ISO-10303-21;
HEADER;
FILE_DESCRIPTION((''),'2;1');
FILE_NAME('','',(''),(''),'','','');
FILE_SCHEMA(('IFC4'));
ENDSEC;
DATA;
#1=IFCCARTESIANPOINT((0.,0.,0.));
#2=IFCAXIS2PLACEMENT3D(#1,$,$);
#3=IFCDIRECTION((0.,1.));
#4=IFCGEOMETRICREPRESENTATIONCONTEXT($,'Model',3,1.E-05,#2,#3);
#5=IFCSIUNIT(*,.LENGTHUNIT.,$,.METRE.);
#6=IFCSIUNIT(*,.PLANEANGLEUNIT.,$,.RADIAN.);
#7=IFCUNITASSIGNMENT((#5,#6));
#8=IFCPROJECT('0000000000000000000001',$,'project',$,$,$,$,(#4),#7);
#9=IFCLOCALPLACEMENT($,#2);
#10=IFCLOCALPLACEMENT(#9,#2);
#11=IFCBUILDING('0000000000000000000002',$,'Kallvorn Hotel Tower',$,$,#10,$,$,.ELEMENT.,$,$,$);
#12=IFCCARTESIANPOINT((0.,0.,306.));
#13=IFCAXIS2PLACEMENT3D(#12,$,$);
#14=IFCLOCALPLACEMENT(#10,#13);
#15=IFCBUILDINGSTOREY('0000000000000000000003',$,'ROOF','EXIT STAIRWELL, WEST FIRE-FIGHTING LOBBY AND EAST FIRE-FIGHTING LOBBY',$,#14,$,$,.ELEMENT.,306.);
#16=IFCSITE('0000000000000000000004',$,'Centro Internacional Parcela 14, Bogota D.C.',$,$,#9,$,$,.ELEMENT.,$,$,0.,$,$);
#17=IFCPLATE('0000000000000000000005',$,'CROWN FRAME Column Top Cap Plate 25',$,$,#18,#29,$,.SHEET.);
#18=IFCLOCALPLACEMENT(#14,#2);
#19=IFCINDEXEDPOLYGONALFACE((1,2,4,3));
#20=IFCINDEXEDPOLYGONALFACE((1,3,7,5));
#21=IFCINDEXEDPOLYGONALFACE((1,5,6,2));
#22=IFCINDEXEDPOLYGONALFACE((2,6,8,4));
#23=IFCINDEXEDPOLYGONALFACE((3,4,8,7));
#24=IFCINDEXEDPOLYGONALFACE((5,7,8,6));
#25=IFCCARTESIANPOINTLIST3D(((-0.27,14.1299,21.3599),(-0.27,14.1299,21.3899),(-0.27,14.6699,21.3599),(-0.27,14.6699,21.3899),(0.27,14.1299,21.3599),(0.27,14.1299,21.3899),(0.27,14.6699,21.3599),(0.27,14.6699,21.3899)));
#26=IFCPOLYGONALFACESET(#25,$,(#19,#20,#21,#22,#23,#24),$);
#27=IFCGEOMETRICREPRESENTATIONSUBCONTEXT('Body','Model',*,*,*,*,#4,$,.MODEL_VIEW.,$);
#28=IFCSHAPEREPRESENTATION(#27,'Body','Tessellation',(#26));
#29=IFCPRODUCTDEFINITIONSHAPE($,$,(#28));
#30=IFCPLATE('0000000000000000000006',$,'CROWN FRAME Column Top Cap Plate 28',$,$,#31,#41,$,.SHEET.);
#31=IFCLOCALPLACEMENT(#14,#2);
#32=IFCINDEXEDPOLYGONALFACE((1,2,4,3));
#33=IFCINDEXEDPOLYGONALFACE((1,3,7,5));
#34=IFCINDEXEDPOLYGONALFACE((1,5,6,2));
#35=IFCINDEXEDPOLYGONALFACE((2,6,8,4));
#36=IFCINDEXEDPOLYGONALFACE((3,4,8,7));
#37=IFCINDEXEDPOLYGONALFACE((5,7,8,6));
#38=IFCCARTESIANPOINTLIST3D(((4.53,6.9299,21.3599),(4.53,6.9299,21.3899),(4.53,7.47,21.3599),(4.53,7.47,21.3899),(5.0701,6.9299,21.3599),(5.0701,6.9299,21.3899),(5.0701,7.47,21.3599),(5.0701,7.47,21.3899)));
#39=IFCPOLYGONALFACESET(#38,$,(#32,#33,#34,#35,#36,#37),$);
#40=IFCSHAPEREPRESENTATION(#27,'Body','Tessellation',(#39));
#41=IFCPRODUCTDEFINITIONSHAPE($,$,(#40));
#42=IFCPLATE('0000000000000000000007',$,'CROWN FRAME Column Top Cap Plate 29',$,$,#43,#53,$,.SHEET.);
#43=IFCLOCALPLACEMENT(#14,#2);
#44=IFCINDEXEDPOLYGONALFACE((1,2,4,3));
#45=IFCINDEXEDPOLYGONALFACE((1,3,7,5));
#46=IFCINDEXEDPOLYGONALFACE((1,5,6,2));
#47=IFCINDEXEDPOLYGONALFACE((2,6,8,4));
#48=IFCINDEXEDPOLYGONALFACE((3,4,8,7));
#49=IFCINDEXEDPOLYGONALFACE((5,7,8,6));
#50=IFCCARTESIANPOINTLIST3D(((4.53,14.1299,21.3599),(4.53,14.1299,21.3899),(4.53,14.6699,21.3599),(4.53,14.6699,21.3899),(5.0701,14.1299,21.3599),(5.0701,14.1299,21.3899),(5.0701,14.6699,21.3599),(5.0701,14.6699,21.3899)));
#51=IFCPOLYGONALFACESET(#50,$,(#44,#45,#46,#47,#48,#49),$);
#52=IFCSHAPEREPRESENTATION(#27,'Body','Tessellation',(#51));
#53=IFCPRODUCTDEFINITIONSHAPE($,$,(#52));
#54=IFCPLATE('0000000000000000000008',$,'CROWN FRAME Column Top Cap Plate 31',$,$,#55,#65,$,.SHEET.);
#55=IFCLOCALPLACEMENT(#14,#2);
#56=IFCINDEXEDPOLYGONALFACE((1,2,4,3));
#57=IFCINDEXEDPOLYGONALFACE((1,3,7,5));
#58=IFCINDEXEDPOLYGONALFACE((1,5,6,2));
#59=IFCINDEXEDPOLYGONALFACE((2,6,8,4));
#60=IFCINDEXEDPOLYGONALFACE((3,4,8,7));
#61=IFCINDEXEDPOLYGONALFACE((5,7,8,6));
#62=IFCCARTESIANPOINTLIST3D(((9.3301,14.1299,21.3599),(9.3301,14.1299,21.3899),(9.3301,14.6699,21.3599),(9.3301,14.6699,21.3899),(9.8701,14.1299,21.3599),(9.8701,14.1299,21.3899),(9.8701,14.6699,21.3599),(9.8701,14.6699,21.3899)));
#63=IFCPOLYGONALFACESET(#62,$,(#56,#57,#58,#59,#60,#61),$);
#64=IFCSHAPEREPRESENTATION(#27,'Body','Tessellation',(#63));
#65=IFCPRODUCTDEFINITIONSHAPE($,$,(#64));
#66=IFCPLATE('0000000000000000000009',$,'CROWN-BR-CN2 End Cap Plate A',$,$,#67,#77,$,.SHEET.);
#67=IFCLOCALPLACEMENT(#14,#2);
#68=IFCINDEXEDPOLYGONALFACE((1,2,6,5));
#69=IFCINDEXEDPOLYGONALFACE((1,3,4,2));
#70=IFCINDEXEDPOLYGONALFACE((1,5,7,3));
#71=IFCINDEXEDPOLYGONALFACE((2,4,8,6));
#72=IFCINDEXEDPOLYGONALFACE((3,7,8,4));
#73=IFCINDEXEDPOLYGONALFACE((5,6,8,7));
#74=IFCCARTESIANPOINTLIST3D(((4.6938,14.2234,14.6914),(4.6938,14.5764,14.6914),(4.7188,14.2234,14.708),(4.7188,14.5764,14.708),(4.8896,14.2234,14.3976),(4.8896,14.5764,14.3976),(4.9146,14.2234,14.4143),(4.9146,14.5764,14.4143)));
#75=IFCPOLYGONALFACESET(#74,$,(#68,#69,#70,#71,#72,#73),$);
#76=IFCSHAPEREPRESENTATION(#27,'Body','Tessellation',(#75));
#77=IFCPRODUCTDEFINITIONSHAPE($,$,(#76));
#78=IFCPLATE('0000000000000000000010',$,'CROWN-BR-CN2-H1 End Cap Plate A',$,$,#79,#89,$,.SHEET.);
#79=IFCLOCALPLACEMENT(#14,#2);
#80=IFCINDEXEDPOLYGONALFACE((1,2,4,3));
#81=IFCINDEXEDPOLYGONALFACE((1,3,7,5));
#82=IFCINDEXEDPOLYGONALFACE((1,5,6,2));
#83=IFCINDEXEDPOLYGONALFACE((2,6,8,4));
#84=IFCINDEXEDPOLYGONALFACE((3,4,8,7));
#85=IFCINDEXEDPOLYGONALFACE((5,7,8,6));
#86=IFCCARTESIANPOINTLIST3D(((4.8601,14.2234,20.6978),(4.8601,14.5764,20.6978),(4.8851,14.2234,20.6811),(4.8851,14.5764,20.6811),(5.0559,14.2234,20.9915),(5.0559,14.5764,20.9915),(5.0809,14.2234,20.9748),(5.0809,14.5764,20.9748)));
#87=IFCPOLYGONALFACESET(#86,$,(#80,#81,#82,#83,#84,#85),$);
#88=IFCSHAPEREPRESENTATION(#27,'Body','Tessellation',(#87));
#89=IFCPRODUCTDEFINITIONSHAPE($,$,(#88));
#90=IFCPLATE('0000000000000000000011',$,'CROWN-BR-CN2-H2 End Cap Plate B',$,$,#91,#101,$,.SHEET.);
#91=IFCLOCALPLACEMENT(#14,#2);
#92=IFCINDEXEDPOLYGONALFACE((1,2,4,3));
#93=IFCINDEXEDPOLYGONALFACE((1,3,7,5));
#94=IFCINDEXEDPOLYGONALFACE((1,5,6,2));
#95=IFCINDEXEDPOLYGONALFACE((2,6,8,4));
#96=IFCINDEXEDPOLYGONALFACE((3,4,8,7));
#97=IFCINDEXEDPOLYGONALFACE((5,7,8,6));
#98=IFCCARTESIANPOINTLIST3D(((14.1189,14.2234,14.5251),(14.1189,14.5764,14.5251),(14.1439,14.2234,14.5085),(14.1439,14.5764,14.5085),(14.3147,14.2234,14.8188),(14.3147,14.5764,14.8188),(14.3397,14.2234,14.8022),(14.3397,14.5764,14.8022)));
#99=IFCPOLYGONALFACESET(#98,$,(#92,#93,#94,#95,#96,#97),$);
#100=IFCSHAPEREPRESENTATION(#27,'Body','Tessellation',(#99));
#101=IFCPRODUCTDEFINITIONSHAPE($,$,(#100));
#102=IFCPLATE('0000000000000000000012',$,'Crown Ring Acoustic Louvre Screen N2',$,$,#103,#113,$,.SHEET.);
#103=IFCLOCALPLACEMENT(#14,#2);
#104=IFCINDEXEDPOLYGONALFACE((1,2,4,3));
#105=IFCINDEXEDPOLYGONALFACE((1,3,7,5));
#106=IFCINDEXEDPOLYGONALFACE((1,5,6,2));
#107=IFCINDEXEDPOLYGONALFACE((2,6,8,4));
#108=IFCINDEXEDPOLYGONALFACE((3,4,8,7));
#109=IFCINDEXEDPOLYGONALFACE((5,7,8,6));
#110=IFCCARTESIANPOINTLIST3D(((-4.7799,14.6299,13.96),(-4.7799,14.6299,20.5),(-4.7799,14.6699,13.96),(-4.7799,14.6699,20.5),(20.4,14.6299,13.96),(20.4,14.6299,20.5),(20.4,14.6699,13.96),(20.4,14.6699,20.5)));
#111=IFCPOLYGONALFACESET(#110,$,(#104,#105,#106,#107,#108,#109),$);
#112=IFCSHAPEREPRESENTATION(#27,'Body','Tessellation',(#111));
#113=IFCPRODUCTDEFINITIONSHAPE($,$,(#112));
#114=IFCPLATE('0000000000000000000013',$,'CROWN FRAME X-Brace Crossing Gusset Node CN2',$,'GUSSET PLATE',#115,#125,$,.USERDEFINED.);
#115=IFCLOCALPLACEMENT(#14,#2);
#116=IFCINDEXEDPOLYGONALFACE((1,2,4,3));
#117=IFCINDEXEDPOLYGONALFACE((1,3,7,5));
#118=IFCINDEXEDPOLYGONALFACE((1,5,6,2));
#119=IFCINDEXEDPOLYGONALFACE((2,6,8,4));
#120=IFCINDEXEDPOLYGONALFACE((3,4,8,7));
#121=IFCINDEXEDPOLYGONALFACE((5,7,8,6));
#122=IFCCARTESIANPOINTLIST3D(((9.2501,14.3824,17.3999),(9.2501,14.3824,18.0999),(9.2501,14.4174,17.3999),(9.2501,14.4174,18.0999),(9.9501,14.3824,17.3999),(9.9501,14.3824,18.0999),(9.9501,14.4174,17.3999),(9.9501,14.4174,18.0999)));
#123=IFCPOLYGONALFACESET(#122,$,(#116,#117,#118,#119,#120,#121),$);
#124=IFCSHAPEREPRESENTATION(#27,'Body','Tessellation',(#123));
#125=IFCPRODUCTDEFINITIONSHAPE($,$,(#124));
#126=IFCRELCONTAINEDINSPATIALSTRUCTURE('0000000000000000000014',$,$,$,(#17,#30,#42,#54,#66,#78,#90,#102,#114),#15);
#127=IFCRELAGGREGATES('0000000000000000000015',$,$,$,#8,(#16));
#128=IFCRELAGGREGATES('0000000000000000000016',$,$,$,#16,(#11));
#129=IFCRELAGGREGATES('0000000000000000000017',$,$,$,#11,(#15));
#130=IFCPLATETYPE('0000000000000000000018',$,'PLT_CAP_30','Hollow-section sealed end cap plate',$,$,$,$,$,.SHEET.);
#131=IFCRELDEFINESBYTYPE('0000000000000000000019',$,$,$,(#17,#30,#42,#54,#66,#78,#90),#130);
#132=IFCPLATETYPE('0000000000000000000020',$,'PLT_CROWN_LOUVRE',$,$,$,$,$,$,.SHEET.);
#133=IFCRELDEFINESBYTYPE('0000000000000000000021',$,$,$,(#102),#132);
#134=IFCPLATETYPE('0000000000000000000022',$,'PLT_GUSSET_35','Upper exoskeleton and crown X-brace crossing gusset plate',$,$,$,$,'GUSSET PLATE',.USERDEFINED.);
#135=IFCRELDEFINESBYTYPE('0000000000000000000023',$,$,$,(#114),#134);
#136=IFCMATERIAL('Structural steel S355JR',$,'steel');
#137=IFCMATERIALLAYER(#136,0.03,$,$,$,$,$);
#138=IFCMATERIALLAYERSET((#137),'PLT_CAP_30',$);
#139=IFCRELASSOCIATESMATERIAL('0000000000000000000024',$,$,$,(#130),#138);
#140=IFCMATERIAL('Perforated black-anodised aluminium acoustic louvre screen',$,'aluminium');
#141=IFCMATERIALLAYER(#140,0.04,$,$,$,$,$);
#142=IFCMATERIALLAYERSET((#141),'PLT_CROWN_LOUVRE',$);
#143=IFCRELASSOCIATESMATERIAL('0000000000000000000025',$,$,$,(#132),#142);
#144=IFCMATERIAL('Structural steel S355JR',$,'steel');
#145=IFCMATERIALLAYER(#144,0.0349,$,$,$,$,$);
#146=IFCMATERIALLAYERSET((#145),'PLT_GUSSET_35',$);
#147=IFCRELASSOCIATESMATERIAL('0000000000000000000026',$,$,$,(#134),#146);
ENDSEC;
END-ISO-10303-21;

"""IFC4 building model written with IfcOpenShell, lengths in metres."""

from ifc_helpers import new_model, si_unit, direction, frame, origin, origin_2d, place, context, subcontext, project, spatial, polyline, rectangle, outline, extrude, material, layer, layer_set, type_object, element, save


model = new_model("IFC4")

# Units and contexts
model_context = context("Model", 3, precision=1e-05, world=origin(), true_north=direction((0.0, 1.0)))
body_context = subcontext(model_context, "Body", "Model", "MODEL_VIEW")
ifc_project = project(units=[si_unit("LENGTHUNIT", "METRE"), si_unit("PLANEANGLEUNIT", "RADIAN")], contexts=[model_context])

# Site, building, storey
site_placement = place(None, origin())
site = spatial("IfcSite", under=ifc_project, at=site_placement, Name="Centro Internacional Parcela 14, Bogota D.C.", CompositionType="ELEMENT", RefElevation=0.0)
building_placement = place(site_placement, origin())
building = spatial("IfcBuilding", under=site, at=building_placement, Name="Kallvorn Hotel Tower", CompositionType="ELEMENT")
storey_placement = place(building_placement, frame((0.0, 0.0, 306.0)))
storey = spatial("IfcBuildingStorey", under=building, at=storey_placement, Name="ROOF", Description="EXIT STAIRWELL, WEST FIRE-FIGHTING LOBBY AND EAST FIRE-FIGHTING LOBBY", CompositionType="ELEMENT", Elevation=306.0)

# Plates
ifc_material_1 = material(Name="Structural steel S355JR", Category="steel")
ifc_layer_1 = layer(ifc_material_1, 0.03)
ifc_layer_set_1 = layer_set([ifc_layer_1], Name="PLT_CAP_30")
plate_type_1 = type_object("IfcPlateType", Name="PLT_CAP_30", Description="Hollow-section sealed end cap plate", PredefinedType="SHEET", material=ifc_layer_set_1)
for number, where, z_axis, x_axis, name in (
    (1, (0.0, 14.3999, 21.3599), (0.0, 0.0, 1.0), (1.0, 0.0, 0.0), "CROWN FRAME Column Top Cap Plate 25"),
    (2, (4.8, 7.2, 21.3599), (0.0, 0.0, 1.0), (1.0, 0.0, 0.0), "CROWN FRAME Column Top Cap Plate 28"),
    (3, (4.8, 14.3999, 21.3599), (0.0, 0.0, 1.0), (1.0, 0.0, 0.0), "CROWN FRAME Column Top Cap Plate 29"),
    (4, (9.6001, 14.3999, 21.3599), (0.0, 0.0, 1.0), (1.0, 0.0, 0.0), "CROWN FRAME Column Top Cap Plate 31"),
):
    element("IfcPlate", number, at=place(storey_placement, frame(where, z_axis=z_axis, x_axis=x_axis)), inside=storey, type_object=plate_type_1, Name=name, PredefinedType="SHEET", context=body_context, shape_type="SweptSolid", body=[
        extrude(rectangle(XDim=0.54, YDim=0.54, at=origin_2d()), origin(), (0.0, 0.0, 1.0), 0.03),
    ])
for number, where, z_axis, x_axis, name in (
    (5, (4.9146, 14.2234, 14.4143), (0.83205, 0.0, 0.5547), (0.0, 1.0, 0.0), "CROWN-BR-CN2 End Cap Plate A"),
    (6, (4.8601, 14.5764, 20.6978), (-0.83205, 0.0, 0.5547), (0.0, -1.0, 0.0), "CROWN-BR-CN2-H1 End Cap Plate A"),
    (7, (14.1189, 14.5764, 14.5251), (-0.83205, 0.0, 0.5547), (0.0, -1.0, 0.0), "CROWN-BR-CN2-H2 End Cap Plate B"),
):
    element("IfcPlate", number, at=place(storey_placement, frame(where, z_axis=z_axis, x_axis=x_axis)), inside=storey, type_object=plate_type_1, Name=name, PredefinedType="SHEET", context=body_context, shape_type="SweptSolid", body=[
        extrude(outline(polyline([(0.0, 0.0), (0.353, 0.0), (0.353, 0.353), (0.0, 0.353), (0.0, 0.0)])), origin(), (0.0, 0.0, -1.0), 0.03),
    ])
ifc_material_2 = material(Name="Perforated black-anodised aluminium acoustic louvre screen", Category="aluminium")
ifc_layer_2 = layer(ifc_material_2, 0.04)
ifc_layer_set_2 = layer_set([ifc_layer_2], Name="PLT_CROWN_LOUVRE")
plate_type_2 = type_object("IfcPlateType", Name="PLT_CROWN_LOUVRE", PredefinedType="SHEET", material=ifc_layer_set_2)
plate_1_placement = place(storey_placement, frame((7.8101, 14.6499, 13.96), z_axis=(0.0, 0.0, 1.0), x_axis=(1.0, 0.0, 0.0)))
element("IfcPlate", 8, at=plate_1_placement, inside=storey, type_object=plate_type_2, Name="Crown Ring Acoustic Louvre Screen N2", PredefinedType="SHEET", context=body_context, shape_type="SweptSolid", body=[
    extrude(rectangle(XDim=25.1799, YDim=0.04, at=origin_2d()), origin(), (0.0, 0.0, 1.0), 6.54),
])
ifc_material_3 = material(Name="Structural steel S355JR", Category="steel")
ifc_layer_3 = layer(ifc_material_3, 0.0349)
ifc_layer_set_3 = layer_set([ifc_layer_3], Name="PLT_GUSSET_35")
plate_type_3 = type_object("IfcPlateType", Name="PLT_GUSSET_35", Description="Upper exoskeleton and crown X-brace crossing gusset plate", ElementType="GUSSET PLATE", PredefinedType="USERDEFINED", material=ifc_layer_set_3)
plate_2_placement = place(storey_placement, frame((9.6001, 14.3999, 17.3999), z_axis=(0.0, 0.0, 1.0), x_axis=(1.0, 0.0, 0.0)))
element("IfcPlate", 9, at=plate_2_placement, inside=storey, type_object=plate_type_3, Name="CROWN FRAME X-Brace Crossing Gusset Node CN2", ObjectType="GUSSET PLATE", PredefinedType="USERDEFINED", context=body_context, shape_type="SweptSolid", body=[
    extrude(rectangle(XDim=0.7, YDim=0.0349, at=origin_2d()), origin(), (0.0, 0.0, 1.0), 0.7),
])

save(model, "model.ifc")
